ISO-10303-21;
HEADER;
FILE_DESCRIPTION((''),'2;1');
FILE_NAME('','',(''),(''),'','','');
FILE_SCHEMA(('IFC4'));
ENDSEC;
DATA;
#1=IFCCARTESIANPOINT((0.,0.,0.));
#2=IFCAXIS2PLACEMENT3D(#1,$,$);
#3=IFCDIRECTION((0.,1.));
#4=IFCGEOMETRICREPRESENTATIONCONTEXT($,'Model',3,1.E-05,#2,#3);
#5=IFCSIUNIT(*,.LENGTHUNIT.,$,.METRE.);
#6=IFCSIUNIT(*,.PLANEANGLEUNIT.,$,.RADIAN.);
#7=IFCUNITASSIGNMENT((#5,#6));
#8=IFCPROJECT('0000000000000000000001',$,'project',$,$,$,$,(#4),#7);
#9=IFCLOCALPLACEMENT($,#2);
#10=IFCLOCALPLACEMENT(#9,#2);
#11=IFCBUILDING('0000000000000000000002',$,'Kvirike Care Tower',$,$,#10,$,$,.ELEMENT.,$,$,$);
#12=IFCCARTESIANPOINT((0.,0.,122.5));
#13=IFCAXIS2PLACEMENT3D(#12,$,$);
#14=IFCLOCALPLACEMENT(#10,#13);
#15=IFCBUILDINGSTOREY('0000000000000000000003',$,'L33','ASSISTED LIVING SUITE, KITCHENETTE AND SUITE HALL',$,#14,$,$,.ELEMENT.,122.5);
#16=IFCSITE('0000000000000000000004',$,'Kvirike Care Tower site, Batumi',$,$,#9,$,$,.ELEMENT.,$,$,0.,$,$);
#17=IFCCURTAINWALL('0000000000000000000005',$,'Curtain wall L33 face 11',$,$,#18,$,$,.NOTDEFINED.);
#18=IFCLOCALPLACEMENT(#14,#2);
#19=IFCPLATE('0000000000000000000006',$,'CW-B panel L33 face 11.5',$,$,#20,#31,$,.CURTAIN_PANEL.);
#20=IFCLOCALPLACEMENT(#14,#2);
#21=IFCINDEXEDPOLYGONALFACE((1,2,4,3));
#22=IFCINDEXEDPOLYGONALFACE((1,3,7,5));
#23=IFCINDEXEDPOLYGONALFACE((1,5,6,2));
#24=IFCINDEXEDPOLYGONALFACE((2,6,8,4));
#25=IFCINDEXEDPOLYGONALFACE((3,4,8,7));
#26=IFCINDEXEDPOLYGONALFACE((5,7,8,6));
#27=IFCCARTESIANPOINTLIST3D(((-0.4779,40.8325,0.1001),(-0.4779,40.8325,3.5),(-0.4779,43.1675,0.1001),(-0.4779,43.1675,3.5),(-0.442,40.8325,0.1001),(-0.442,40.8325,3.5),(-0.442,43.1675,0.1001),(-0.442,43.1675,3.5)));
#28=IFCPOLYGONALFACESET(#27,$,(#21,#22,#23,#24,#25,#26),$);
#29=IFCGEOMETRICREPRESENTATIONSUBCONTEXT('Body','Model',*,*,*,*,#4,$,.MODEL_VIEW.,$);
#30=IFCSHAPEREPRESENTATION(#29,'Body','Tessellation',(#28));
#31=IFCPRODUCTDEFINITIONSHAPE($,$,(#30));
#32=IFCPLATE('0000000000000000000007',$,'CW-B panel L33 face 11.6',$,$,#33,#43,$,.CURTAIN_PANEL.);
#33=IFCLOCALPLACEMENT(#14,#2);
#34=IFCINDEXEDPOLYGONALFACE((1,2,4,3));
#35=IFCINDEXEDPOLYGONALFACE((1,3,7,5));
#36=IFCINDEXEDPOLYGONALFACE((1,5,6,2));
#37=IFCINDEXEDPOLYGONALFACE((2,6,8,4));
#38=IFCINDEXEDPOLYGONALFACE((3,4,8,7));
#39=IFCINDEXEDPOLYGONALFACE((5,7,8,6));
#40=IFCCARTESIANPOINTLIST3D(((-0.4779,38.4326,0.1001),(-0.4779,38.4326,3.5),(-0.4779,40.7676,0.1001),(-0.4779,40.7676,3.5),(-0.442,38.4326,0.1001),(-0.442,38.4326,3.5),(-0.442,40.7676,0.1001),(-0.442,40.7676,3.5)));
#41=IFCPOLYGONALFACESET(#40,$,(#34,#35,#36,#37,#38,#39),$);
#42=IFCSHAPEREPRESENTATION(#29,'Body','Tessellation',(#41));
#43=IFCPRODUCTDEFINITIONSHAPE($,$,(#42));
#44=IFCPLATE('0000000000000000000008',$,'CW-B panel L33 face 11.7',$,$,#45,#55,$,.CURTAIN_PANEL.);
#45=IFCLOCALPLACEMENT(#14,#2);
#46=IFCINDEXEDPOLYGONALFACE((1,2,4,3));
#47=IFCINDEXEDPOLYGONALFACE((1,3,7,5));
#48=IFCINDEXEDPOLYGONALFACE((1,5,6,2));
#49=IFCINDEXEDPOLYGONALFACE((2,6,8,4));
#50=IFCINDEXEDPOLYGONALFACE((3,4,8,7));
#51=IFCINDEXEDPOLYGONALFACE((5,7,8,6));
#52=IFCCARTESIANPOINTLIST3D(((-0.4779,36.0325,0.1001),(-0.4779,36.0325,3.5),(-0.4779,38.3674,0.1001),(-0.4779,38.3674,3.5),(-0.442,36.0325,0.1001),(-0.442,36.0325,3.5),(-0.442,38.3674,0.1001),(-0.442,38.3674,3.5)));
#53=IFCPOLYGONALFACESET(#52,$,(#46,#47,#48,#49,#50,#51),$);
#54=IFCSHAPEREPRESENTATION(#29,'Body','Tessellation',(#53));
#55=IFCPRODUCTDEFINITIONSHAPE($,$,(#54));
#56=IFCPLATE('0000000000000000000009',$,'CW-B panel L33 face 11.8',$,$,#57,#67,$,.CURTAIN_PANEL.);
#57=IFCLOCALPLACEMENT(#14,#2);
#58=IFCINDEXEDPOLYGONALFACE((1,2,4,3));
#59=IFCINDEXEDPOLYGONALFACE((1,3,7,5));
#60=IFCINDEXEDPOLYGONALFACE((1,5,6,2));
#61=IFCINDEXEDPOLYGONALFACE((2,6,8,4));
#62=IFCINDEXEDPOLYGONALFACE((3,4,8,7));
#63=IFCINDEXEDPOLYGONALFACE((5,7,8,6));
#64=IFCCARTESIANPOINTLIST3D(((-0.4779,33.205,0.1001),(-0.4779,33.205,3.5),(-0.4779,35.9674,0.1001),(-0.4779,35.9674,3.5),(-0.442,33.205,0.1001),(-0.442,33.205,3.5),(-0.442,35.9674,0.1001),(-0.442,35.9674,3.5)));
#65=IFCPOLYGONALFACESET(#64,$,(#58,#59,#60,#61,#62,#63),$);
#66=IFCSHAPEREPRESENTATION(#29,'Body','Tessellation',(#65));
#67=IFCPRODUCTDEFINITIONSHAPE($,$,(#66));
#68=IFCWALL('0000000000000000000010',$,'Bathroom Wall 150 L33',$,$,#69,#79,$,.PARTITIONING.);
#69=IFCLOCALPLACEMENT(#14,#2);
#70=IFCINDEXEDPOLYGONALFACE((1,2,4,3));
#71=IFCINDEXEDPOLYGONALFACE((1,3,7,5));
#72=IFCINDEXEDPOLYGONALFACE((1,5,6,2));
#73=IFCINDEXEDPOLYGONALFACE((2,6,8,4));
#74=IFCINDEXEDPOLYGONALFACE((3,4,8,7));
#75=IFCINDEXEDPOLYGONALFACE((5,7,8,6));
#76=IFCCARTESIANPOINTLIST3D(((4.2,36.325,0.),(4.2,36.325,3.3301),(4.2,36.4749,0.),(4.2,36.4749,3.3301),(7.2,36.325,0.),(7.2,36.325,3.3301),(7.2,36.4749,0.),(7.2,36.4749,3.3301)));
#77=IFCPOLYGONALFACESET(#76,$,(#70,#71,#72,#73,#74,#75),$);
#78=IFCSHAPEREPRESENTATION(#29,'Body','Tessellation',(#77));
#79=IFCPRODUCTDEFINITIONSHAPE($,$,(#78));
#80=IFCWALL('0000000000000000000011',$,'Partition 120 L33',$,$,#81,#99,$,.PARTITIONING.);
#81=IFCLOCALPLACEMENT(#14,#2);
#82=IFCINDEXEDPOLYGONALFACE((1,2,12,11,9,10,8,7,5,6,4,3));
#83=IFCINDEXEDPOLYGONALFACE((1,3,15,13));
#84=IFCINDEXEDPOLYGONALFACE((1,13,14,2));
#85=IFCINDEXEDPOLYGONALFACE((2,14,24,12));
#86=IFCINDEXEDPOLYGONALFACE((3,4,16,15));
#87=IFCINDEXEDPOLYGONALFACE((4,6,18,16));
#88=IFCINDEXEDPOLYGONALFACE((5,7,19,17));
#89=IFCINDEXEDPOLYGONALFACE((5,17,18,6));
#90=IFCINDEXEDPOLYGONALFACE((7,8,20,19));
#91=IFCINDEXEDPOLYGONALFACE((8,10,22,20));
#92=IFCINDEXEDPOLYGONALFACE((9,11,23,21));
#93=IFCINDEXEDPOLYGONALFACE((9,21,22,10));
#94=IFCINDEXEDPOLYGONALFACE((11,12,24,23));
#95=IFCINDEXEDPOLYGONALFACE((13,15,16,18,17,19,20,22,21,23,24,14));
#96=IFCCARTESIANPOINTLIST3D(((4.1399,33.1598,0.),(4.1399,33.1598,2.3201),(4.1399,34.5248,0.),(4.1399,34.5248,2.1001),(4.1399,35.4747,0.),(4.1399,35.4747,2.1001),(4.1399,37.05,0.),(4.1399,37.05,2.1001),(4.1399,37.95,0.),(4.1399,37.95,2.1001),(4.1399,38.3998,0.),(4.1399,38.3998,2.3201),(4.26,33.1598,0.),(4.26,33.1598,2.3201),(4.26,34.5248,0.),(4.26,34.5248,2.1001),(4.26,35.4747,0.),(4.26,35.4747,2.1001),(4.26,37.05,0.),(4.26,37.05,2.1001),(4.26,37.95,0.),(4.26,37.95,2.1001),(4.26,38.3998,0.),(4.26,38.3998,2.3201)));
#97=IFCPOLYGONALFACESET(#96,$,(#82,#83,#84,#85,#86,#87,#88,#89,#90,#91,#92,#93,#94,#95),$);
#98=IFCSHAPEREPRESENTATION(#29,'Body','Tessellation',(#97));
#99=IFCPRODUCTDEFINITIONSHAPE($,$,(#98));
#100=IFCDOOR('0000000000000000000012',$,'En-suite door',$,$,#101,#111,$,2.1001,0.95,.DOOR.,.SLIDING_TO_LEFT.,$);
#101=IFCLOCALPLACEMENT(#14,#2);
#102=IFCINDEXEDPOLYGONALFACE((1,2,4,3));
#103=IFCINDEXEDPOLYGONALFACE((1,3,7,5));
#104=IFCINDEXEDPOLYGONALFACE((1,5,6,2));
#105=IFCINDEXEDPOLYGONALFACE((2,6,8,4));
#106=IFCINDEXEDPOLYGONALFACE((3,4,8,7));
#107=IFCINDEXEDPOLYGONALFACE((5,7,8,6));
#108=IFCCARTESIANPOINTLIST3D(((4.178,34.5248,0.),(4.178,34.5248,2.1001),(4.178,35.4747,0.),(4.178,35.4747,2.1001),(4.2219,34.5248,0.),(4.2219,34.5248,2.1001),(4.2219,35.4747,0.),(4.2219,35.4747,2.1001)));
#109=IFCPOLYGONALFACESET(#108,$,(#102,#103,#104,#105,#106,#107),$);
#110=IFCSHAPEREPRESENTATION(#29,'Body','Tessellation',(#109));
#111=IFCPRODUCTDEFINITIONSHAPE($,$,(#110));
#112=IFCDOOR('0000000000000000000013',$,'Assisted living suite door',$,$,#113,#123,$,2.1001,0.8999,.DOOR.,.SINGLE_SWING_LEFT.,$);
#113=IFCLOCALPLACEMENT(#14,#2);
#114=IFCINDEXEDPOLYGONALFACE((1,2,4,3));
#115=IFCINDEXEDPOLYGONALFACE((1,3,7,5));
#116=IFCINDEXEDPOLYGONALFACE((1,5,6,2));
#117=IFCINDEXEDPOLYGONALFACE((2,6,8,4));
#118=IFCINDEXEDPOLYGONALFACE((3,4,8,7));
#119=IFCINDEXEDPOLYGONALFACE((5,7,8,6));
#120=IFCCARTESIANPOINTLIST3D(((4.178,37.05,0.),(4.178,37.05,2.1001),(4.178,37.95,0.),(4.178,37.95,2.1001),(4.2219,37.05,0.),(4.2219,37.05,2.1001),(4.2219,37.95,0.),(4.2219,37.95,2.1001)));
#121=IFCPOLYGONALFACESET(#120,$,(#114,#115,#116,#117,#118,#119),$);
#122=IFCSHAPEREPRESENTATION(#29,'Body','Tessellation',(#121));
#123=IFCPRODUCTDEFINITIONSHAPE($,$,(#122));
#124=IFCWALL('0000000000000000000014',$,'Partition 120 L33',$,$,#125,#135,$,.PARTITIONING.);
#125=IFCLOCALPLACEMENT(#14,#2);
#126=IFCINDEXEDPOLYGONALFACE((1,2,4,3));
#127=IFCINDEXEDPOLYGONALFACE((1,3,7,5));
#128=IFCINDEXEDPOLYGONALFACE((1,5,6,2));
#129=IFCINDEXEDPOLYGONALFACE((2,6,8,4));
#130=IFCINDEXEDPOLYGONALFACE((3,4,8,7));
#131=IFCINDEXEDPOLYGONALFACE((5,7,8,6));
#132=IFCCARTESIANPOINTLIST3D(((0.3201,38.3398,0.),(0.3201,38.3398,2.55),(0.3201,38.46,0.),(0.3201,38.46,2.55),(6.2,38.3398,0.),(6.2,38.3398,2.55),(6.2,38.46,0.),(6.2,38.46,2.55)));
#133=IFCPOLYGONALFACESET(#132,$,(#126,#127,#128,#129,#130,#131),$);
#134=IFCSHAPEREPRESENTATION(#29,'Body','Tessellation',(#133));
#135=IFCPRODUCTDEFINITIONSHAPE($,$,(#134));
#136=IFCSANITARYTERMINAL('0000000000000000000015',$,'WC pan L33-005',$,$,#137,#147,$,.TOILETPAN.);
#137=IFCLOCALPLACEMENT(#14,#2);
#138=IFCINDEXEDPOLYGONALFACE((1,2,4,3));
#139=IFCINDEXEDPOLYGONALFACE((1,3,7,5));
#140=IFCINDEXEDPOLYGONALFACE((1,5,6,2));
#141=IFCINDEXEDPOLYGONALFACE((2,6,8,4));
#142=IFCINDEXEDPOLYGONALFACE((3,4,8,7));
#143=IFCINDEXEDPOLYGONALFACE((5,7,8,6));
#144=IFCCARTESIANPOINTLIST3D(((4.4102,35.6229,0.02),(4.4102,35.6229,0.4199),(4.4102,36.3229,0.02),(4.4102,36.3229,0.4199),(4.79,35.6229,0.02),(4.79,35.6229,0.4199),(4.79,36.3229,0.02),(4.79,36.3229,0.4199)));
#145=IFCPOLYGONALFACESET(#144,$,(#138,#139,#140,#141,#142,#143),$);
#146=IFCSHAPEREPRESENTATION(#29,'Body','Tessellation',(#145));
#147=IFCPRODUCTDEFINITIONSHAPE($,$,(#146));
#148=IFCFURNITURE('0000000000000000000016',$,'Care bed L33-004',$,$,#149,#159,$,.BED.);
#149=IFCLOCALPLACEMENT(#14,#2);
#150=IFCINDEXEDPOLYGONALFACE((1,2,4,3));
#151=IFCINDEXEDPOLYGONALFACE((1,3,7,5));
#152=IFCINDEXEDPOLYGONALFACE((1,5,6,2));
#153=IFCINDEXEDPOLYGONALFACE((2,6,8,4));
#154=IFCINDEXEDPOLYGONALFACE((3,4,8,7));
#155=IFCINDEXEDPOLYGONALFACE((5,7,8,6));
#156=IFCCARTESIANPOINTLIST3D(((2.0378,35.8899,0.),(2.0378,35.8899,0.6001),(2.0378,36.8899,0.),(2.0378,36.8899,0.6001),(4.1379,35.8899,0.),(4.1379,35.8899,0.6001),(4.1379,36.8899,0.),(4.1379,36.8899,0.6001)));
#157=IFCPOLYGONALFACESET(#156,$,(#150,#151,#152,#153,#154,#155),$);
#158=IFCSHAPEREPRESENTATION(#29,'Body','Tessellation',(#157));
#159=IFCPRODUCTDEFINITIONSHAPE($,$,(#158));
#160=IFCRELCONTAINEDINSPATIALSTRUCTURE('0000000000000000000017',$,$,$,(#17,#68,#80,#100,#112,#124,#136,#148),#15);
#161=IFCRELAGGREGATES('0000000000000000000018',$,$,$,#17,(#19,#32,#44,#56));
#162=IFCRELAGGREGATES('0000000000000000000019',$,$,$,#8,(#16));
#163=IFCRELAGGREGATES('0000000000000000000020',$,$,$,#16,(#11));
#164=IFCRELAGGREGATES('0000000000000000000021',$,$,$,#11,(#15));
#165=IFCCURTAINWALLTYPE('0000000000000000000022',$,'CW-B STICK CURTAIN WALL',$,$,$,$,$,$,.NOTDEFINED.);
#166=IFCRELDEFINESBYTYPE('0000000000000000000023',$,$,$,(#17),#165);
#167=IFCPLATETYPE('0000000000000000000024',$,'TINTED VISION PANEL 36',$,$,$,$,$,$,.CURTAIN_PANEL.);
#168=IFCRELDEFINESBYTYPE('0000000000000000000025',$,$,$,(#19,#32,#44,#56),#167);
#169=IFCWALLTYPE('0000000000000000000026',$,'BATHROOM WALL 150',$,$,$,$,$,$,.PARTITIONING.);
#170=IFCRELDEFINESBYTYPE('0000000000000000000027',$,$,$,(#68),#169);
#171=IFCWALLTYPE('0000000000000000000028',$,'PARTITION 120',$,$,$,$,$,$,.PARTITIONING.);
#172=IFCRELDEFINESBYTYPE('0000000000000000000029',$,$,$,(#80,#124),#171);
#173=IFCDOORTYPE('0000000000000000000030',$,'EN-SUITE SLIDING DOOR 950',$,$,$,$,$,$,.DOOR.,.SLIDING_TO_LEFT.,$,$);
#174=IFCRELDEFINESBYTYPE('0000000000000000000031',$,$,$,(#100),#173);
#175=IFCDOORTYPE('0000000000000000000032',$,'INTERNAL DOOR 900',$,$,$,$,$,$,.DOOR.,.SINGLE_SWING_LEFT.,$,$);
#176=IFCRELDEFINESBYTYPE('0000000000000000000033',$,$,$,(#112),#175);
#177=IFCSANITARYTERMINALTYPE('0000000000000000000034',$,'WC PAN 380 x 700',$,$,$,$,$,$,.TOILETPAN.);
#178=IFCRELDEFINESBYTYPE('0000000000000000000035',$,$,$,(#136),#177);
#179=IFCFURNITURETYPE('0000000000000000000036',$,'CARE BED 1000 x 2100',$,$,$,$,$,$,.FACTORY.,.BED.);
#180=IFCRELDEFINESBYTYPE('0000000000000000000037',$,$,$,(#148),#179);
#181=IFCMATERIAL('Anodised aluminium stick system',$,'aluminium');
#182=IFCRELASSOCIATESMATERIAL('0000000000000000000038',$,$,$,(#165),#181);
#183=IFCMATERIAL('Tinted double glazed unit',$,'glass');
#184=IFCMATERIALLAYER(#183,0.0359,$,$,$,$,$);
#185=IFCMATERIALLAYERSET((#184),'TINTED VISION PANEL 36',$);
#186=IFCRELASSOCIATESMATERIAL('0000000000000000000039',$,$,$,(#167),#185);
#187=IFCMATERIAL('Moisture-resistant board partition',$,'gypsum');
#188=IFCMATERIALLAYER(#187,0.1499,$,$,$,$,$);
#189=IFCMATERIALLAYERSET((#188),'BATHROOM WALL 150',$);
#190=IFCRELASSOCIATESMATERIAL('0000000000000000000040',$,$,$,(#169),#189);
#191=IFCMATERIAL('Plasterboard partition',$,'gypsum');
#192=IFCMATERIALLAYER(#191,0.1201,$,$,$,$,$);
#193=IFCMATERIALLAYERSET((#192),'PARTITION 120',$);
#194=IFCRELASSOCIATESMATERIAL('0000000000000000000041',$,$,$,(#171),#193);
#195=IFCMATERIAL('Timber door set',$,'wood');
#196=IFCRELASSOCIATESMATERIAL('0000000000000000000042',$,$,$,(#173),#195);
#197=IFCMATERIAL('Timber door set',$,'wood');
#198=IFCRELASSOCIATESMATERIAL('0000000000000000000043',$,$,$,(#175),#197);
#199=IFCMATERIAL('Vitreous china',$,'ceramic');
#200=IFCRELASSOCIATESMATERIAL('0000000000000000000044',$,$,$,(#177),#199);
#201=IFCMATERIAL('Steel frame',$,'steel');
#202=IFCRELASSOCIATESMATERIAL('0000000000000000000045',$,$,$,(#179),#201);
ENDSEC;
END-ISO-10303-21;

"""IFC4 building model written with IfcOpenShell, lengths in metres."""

from ifc_helpers import new_model, si_unit, direction, frame, frame_2d, origin, origin_2d, place, context, subcontext, project, spatial, rectangle, extrude, material, layer, layer_set, type_object, element, fill, aggregate, save


model = new_model("IFC4")

# Units and contexts
model_context = context("Model", 3, precision=1e-05, world=origin(), true_north=direction((0.0, 1.0)))
body_context = subcontext(model_context, "Body", "Model", "MODEL_VIEW")
ifc_project = project(units=[si_unit("LENGTHUNIT", "METRE"), si_unit("PLANEANGLEUNIT", "RADIAN")], contexts=[model_context])

# Site, building, storey
site_placement = place(None, origin())
site = spatial("IfcSite", under=ifc_project, at=site_placement, Name="Kvirike Care Tower site, Batumi", CompositionType="ELEMENT", RefElevation=0.0)
building_placement = place(site_placement, origin())
building = spatial("IfcBuilding", under=site, at=building_placement, Name="Kvirike Care Tower", CompositionType="ELEMENT")
storey_placement = place(building_placement, frame((0.0, 0.0, 122.5)))
storey = spatial("IfcBuildingStorey", under=building, at=storey_placement, Name="L33", Description="ASSISTED LIVING SUITE, KITCHENETTE AND SUITE HALL", CompositionType="ELEMENT", Elevation=122.5)

# Curtain wall
ifc_material_1 = material(Name="Anodised aluminium stick system", Category="aluminium")
curtain_wall_type = type_object("IfcCurtainWallType", Name="CW-B STICK CURTAIN WALL", PredefinedType="NOTDEFINED", material=ifc_material_1)
curtain_wall_placement = place(storey_placement, origin())
curtain_wall = element("IfcCurtainWall", 1, at=curtain_wall_placement, inside=storey, type_object=curtain_wall_type, Name="Curtain wall L33 face 11", PredefinedType="NOTDEFINED")

# Plates
ifc_material_2 = material(Name="Tinted double glazed unit", Category="glass")
ifc_layer_1 = layer(ifc_material_2, 0.0359)
ifc_layer_set_1 = layer_set([ifc_layer_1], Name="TINTED VISION PANEL 36")
plate_type = type_object("IfcPlateType", Name="TINTED VISION PANEL 36", PredefinedType="CURTAIN_PANEL", material=ifc_layer_set_1)
plate_1_placement = place(storey_placement, frame((-0.46, 42.0, 0.1001), z_axis=(0.0, 0.0, 1.0), x_axis=(0.0, -1.0, 0.0)))
plate_1 = element("IfcPlate", 2, at=plate_1_placement, type_object=plate_type, Name="CW-B panel L33 face 11.5", PredefinedType="CURTAIN_PANEL", context=body_context, shape_type="SweptSolid", body=[
    extrude(rectangle(XDim=2.335, YDim=0.0359, at=origin_2d()), origin(), (0.0, 0.0, 1.0), 3.3999),
])
plate_2_placement = place(storey_placement, frame((-0.46, 39.6001, 0.1001), z_axis=(0.0, 0.0, 1.0), x_axis=(0.0, -1.0, 0.0)))
plate_2 = element("IfcPlate", 3, at=plate_2_placement, type_object=plate_type, Name="CW-B panel L33 face 11.6", PredefinedType="CURTAIN_PANEL", context=body_context, shape_type="SweptSolid", body=[
    extrude(rectangle(XDim=2.335, YDim=0.0359, at=origin_2d()), origin(), (0.0, 0.0, 1.0), 3.3999),
])
plate_3_placement = place(storey_placement, frame((-0.46, 37.2, 0.1001), z_axis=(0.0, 0.0, 1.0), x_axis=(0.0, -1.0, 0.0)))
plate_3 = element("IfcPlate", 4, at=plate_3_placement, type_object=plate_type, Name="CW-B panel L33 face 11.7", PredefinedType="CURTAIN_PANEL", context=body_context, shape_type="SweptSolid", body=[
    extrude(rectangle(XDim=2.335, YDim=0.0359, at=origin_2d()), origin(), (0.0, 0.0, 1.0), 3.3999),
])
plate_4_placement = place(storey_placement, frame((-0.46, 34.5862, 0.1001), z_axis=(0.0, 0.0, 1.0), x_axis=(0.0, -1.0, 0.0)))
plate_4 = element("IfcPlate", 5, at=plate_4_placement, type_object=plate_type, Name="CW-B panel L33 face 11.8", PredefinedType="CURTAIN_PANEL", context=body_context, shape_type="SweptSolid", body=[
    extrude(rectangle(XDim=2.7625, YDim=0.0359, at=origin_2d()), origin(), (0.0, 0.0, 1.0), 3.3999),
])
aggregate(curtain_wall, [plate_1, plate_2, plate_3, plate_4])

# Wall
ifc_material_3 = material(Name="Moisture-resistant board partition", Category="gypsum")
ifc_layer_2 = layer(ifc_material_3, 0.1499)
ifc_layer_set_2 = layer_set([ifc_layer_2], Name="BATHROOM WALL 150")
wall_type_1 = type_object("IfcWallType", Name="BATHROOM WALL 150", PredefinedType="PARTITIONING", material=ifc_layer_set_2)
wall_1_placement = place(storey_placement, frame((4.2, 36.3999, 0.0), z_axis=(0.0, 0.0, 1.0), x_axis=(1.0, 0.0, 0.0)))
element("IfcWall", 6, at=wall_1_placement, inside=storey, type_object=wall_type_1, Name="Bathroom Wall 150 L33", PredefinedType="PARTITIONING", context=body_context, shape_type="SweptSolid", body=[
    extrude(rectangle(XDim=3.0, YDim=0.1499, at=frame_2d((1.5, 0.0))), origin(), (0.0, 0.0, 1.0), 3.3301),
])

# Wall, openings, doors
ifc_material_4 = material(Name="Plasterboard partition", Category="gypsum")
ifc_layer_3 = layer(ifc_material_4, 0.1201)
ifc_layer_set_3 = layer_set([ifc_layer_3], Name="PARTITION 120")
wall_type_2 = type_object("IfcWallType", Name="PARTITION 120", PredefinedType="PARTITIONING", material=ifc_layer_set_3)
wall_2_placement = place(storey_placement, frame((4.2, 38.3999, 0.0), z_axis=(0.0, 0.0, 1.0), x_axis=(0.0, -1.0, 0.0)))
wall_2 = element("IfcWall", 7, at=wall_2_placement, inside=storey, type_object=wall_type_2, Name="Partition 120 L33", PredefinedType="PARTITIONING", context=body_context, shape_type="SweptSolid", body=[
    extrude(rectangle(XDim=5.24, YDim=0.1201, at=frame_2d((2.6201, 0.0))), origin(), (0.0, 0.0, 1.0), 2.3201),
])
opening_1_placement = place(wall_2_placement, frame((0.45, 0.0, 0.0)))
opening_1 = element("IfcOpeningElement", 8, at=opening_1_placement, cuts=wall_2, PredefinedType="OPENING", context=body_context, shape_type="SweptSolid", body=[
    extrude(rectangle(XDim=0.8999, YDim=2.1001, at=frame_2d((0.45, 1.05))), frame((0.0, 0.0706, 0.0), z_axis=(0.0, -1.0, 0.0), x_axis=(1.0, 0.0, 0.0)), (0.0, 0.0, 1.0), 0.1411),
])
opening_2_placement = place(wall_2_placement, frame((2.925, 0.0, 0.0)))
opening_2 = element("IfcOpeningElement", 9, at=opening_2_placement, cuts=wall_2, PredefinedType="OPENING", context=body_context, shape_type="SweptSolid", body=[
    extrude(rectangle(XDim=0.95, YDim=2.1001, at=frame_2d((0.4751, 1.05))), frame((0.0, 0.0706, 0.0), z_axis=(0.0, -1.0, 0.0), x_axis=(1.0, 0.0, 0.0)), (0.0, 0.0, 1.0), 0.1411),
])
ifc_material_5 = material(Name="Timber door set", Category="wood")
door_type_1 = type_object("IfcDoorType", Name="EN-SUITE SLIDING DOOR 950", OperationType="SLIDING_TO_LEFT", PredefinedType="DOOR", material=ifc_material_5)
door_1_placement = place(opening_2_placement, origin())
door_1 = element("IfcDoor", 10, at=door_1_placement, inside=storey, type_object=door_type_1, Name="En-suite door", OperationType="SLIDING_TO_LEFT", OverallHeight=2.1001, OverallWidth=0.95, PredefinedType="DOOR", context=body_context, shape_type="SweptSolid", body=[
    extrude(rectangle(XDim=0.95, YDim=2.1001, at=frame_2d((0.4751, 1.05))), frame((0.0, 0.022, 0.0), z_axis=(0.0, -1.0, 0.0), x_axis=(1.0, 0.0, 0.0)), (0.0, 0.0, 1.0), 0.0439),
])
fill(opening_2, door_1)
ifc_material_6 = material(Name="Timber door set", Category="wood")
door_type_2 = type_object("IfcDoorType", Name="INTERNAL DOOR 900", OperationType="SINGLE_SWING_LEFT", PredefinedType="DOOR", material=ifc_material_6)
door_2_placement = place(opening_1_placement, frame((0.8999, 0.0, 0.0), z_axis=(0.0, 0.0, 1.0), x_axis=(-1.0, 0.0, 0.0)))
door_2 = element("IfcDoor", 11, at=door_2_placement, inside=storey, type_object=door_type_2, Name="Assisted living suite door", OperationType="SINGLE_SWING_LEFT", OverallHeight=2.1001, OverallWidth=0.8999, PredefinedType="DOOR", context=body_context, shape_type="SweptSolid", body=[
    extrude(rectangle(XDim=0.8999, YDim=2.1001, at=frame_2d((0.45, 1.05))), frame((0.0, 0.022, 0.0), z_axis=(0.0, -1.0, 0.0), x_axis=(1.0, 0.0, 0.0)), (0.0, 0.0, 1.0), 0.0439),
])
fill(opening_1, door_2)

# Wall
wall_3_placement = place(storey_placement, frame((0.3201, 38.3999, 0.0), z_axis=(0.0, 0.0, 1.0), x_axis=(1.0, 0.0, 0.0)))
element("IfcWall", 12, at=wall_3_placement, inside=storey, type_object=wall_type_2, Name="Partition 120 L33", PredefinedType="PARTITIONING", context=body_context, shape_type="SweptSolid", body=[
    extrude(rectangle(XDim=5.8799, YDim=0.1201, at=frame_2d((2.9399, 0.0))), origin(), (0.0, 0.0, 1.0), 2.55),
])

# Sanitary terminal
ifc_material_7 = material(Name="Vitreous china", Category="ceramic")
sanitary_terminal_type = type_object("IfcSanitaryTerminalType", Name="WC PAN 380 x 700", PredefinedType="TOILETPAN", material=ifc_material_7)
sanitary_terminal_placement = place(storey_placement, frame((4.6001, 35.9729, 0.02), z_axis=(0.0, 0.0, 1.0), x_axis=(1.0, 0.0, 0.0)))
element("IfcSanitaryTerminal", 13, at=sanitary_terminal_placement, inside=storey, type_object=sanitary_terminal_type, Name="WC pan L33-005", PredefinedType="TOILETPAN", context=body_context, shape_type="SweptSolid", body=[
    extrude(rectangle(XDim=0.3799, YDim=0.7, at=origin_2d()), origin(), (0.0, 0.0, 1.0), 0.3999),
])

# Furniture
ifc_material_8 = material(Name="Steel frame", Category="steel")
furniture_type = type_object("IfcFurnitureType", Name="CARE BED 1000 x 2100", AssemblyPlace="FACTORY", PredefinedType="BED", material=ifc_material_8)
furniture_placement = place(storey_placement, frame((3.0879, 36.3899, 0.0), z_axis=(0.0, 0.0, 1.0), x_axis=(0.0, -1.0, 0.0)))
element("IfcFurniture", 14, at=furniture_placement, inside=storey, type_object=furniture_type, Name="Care bed L33-004", PredefinedType="BED", context=body_context, shape_type="SweptSolid", body=[
    extrude(rectangle(XDim=1.0, YDim=2.1001, at=origin_2d()), origin(), (0.0, 0.0, 1.0), 0.6001),
])

save(model, "model.ifc")
